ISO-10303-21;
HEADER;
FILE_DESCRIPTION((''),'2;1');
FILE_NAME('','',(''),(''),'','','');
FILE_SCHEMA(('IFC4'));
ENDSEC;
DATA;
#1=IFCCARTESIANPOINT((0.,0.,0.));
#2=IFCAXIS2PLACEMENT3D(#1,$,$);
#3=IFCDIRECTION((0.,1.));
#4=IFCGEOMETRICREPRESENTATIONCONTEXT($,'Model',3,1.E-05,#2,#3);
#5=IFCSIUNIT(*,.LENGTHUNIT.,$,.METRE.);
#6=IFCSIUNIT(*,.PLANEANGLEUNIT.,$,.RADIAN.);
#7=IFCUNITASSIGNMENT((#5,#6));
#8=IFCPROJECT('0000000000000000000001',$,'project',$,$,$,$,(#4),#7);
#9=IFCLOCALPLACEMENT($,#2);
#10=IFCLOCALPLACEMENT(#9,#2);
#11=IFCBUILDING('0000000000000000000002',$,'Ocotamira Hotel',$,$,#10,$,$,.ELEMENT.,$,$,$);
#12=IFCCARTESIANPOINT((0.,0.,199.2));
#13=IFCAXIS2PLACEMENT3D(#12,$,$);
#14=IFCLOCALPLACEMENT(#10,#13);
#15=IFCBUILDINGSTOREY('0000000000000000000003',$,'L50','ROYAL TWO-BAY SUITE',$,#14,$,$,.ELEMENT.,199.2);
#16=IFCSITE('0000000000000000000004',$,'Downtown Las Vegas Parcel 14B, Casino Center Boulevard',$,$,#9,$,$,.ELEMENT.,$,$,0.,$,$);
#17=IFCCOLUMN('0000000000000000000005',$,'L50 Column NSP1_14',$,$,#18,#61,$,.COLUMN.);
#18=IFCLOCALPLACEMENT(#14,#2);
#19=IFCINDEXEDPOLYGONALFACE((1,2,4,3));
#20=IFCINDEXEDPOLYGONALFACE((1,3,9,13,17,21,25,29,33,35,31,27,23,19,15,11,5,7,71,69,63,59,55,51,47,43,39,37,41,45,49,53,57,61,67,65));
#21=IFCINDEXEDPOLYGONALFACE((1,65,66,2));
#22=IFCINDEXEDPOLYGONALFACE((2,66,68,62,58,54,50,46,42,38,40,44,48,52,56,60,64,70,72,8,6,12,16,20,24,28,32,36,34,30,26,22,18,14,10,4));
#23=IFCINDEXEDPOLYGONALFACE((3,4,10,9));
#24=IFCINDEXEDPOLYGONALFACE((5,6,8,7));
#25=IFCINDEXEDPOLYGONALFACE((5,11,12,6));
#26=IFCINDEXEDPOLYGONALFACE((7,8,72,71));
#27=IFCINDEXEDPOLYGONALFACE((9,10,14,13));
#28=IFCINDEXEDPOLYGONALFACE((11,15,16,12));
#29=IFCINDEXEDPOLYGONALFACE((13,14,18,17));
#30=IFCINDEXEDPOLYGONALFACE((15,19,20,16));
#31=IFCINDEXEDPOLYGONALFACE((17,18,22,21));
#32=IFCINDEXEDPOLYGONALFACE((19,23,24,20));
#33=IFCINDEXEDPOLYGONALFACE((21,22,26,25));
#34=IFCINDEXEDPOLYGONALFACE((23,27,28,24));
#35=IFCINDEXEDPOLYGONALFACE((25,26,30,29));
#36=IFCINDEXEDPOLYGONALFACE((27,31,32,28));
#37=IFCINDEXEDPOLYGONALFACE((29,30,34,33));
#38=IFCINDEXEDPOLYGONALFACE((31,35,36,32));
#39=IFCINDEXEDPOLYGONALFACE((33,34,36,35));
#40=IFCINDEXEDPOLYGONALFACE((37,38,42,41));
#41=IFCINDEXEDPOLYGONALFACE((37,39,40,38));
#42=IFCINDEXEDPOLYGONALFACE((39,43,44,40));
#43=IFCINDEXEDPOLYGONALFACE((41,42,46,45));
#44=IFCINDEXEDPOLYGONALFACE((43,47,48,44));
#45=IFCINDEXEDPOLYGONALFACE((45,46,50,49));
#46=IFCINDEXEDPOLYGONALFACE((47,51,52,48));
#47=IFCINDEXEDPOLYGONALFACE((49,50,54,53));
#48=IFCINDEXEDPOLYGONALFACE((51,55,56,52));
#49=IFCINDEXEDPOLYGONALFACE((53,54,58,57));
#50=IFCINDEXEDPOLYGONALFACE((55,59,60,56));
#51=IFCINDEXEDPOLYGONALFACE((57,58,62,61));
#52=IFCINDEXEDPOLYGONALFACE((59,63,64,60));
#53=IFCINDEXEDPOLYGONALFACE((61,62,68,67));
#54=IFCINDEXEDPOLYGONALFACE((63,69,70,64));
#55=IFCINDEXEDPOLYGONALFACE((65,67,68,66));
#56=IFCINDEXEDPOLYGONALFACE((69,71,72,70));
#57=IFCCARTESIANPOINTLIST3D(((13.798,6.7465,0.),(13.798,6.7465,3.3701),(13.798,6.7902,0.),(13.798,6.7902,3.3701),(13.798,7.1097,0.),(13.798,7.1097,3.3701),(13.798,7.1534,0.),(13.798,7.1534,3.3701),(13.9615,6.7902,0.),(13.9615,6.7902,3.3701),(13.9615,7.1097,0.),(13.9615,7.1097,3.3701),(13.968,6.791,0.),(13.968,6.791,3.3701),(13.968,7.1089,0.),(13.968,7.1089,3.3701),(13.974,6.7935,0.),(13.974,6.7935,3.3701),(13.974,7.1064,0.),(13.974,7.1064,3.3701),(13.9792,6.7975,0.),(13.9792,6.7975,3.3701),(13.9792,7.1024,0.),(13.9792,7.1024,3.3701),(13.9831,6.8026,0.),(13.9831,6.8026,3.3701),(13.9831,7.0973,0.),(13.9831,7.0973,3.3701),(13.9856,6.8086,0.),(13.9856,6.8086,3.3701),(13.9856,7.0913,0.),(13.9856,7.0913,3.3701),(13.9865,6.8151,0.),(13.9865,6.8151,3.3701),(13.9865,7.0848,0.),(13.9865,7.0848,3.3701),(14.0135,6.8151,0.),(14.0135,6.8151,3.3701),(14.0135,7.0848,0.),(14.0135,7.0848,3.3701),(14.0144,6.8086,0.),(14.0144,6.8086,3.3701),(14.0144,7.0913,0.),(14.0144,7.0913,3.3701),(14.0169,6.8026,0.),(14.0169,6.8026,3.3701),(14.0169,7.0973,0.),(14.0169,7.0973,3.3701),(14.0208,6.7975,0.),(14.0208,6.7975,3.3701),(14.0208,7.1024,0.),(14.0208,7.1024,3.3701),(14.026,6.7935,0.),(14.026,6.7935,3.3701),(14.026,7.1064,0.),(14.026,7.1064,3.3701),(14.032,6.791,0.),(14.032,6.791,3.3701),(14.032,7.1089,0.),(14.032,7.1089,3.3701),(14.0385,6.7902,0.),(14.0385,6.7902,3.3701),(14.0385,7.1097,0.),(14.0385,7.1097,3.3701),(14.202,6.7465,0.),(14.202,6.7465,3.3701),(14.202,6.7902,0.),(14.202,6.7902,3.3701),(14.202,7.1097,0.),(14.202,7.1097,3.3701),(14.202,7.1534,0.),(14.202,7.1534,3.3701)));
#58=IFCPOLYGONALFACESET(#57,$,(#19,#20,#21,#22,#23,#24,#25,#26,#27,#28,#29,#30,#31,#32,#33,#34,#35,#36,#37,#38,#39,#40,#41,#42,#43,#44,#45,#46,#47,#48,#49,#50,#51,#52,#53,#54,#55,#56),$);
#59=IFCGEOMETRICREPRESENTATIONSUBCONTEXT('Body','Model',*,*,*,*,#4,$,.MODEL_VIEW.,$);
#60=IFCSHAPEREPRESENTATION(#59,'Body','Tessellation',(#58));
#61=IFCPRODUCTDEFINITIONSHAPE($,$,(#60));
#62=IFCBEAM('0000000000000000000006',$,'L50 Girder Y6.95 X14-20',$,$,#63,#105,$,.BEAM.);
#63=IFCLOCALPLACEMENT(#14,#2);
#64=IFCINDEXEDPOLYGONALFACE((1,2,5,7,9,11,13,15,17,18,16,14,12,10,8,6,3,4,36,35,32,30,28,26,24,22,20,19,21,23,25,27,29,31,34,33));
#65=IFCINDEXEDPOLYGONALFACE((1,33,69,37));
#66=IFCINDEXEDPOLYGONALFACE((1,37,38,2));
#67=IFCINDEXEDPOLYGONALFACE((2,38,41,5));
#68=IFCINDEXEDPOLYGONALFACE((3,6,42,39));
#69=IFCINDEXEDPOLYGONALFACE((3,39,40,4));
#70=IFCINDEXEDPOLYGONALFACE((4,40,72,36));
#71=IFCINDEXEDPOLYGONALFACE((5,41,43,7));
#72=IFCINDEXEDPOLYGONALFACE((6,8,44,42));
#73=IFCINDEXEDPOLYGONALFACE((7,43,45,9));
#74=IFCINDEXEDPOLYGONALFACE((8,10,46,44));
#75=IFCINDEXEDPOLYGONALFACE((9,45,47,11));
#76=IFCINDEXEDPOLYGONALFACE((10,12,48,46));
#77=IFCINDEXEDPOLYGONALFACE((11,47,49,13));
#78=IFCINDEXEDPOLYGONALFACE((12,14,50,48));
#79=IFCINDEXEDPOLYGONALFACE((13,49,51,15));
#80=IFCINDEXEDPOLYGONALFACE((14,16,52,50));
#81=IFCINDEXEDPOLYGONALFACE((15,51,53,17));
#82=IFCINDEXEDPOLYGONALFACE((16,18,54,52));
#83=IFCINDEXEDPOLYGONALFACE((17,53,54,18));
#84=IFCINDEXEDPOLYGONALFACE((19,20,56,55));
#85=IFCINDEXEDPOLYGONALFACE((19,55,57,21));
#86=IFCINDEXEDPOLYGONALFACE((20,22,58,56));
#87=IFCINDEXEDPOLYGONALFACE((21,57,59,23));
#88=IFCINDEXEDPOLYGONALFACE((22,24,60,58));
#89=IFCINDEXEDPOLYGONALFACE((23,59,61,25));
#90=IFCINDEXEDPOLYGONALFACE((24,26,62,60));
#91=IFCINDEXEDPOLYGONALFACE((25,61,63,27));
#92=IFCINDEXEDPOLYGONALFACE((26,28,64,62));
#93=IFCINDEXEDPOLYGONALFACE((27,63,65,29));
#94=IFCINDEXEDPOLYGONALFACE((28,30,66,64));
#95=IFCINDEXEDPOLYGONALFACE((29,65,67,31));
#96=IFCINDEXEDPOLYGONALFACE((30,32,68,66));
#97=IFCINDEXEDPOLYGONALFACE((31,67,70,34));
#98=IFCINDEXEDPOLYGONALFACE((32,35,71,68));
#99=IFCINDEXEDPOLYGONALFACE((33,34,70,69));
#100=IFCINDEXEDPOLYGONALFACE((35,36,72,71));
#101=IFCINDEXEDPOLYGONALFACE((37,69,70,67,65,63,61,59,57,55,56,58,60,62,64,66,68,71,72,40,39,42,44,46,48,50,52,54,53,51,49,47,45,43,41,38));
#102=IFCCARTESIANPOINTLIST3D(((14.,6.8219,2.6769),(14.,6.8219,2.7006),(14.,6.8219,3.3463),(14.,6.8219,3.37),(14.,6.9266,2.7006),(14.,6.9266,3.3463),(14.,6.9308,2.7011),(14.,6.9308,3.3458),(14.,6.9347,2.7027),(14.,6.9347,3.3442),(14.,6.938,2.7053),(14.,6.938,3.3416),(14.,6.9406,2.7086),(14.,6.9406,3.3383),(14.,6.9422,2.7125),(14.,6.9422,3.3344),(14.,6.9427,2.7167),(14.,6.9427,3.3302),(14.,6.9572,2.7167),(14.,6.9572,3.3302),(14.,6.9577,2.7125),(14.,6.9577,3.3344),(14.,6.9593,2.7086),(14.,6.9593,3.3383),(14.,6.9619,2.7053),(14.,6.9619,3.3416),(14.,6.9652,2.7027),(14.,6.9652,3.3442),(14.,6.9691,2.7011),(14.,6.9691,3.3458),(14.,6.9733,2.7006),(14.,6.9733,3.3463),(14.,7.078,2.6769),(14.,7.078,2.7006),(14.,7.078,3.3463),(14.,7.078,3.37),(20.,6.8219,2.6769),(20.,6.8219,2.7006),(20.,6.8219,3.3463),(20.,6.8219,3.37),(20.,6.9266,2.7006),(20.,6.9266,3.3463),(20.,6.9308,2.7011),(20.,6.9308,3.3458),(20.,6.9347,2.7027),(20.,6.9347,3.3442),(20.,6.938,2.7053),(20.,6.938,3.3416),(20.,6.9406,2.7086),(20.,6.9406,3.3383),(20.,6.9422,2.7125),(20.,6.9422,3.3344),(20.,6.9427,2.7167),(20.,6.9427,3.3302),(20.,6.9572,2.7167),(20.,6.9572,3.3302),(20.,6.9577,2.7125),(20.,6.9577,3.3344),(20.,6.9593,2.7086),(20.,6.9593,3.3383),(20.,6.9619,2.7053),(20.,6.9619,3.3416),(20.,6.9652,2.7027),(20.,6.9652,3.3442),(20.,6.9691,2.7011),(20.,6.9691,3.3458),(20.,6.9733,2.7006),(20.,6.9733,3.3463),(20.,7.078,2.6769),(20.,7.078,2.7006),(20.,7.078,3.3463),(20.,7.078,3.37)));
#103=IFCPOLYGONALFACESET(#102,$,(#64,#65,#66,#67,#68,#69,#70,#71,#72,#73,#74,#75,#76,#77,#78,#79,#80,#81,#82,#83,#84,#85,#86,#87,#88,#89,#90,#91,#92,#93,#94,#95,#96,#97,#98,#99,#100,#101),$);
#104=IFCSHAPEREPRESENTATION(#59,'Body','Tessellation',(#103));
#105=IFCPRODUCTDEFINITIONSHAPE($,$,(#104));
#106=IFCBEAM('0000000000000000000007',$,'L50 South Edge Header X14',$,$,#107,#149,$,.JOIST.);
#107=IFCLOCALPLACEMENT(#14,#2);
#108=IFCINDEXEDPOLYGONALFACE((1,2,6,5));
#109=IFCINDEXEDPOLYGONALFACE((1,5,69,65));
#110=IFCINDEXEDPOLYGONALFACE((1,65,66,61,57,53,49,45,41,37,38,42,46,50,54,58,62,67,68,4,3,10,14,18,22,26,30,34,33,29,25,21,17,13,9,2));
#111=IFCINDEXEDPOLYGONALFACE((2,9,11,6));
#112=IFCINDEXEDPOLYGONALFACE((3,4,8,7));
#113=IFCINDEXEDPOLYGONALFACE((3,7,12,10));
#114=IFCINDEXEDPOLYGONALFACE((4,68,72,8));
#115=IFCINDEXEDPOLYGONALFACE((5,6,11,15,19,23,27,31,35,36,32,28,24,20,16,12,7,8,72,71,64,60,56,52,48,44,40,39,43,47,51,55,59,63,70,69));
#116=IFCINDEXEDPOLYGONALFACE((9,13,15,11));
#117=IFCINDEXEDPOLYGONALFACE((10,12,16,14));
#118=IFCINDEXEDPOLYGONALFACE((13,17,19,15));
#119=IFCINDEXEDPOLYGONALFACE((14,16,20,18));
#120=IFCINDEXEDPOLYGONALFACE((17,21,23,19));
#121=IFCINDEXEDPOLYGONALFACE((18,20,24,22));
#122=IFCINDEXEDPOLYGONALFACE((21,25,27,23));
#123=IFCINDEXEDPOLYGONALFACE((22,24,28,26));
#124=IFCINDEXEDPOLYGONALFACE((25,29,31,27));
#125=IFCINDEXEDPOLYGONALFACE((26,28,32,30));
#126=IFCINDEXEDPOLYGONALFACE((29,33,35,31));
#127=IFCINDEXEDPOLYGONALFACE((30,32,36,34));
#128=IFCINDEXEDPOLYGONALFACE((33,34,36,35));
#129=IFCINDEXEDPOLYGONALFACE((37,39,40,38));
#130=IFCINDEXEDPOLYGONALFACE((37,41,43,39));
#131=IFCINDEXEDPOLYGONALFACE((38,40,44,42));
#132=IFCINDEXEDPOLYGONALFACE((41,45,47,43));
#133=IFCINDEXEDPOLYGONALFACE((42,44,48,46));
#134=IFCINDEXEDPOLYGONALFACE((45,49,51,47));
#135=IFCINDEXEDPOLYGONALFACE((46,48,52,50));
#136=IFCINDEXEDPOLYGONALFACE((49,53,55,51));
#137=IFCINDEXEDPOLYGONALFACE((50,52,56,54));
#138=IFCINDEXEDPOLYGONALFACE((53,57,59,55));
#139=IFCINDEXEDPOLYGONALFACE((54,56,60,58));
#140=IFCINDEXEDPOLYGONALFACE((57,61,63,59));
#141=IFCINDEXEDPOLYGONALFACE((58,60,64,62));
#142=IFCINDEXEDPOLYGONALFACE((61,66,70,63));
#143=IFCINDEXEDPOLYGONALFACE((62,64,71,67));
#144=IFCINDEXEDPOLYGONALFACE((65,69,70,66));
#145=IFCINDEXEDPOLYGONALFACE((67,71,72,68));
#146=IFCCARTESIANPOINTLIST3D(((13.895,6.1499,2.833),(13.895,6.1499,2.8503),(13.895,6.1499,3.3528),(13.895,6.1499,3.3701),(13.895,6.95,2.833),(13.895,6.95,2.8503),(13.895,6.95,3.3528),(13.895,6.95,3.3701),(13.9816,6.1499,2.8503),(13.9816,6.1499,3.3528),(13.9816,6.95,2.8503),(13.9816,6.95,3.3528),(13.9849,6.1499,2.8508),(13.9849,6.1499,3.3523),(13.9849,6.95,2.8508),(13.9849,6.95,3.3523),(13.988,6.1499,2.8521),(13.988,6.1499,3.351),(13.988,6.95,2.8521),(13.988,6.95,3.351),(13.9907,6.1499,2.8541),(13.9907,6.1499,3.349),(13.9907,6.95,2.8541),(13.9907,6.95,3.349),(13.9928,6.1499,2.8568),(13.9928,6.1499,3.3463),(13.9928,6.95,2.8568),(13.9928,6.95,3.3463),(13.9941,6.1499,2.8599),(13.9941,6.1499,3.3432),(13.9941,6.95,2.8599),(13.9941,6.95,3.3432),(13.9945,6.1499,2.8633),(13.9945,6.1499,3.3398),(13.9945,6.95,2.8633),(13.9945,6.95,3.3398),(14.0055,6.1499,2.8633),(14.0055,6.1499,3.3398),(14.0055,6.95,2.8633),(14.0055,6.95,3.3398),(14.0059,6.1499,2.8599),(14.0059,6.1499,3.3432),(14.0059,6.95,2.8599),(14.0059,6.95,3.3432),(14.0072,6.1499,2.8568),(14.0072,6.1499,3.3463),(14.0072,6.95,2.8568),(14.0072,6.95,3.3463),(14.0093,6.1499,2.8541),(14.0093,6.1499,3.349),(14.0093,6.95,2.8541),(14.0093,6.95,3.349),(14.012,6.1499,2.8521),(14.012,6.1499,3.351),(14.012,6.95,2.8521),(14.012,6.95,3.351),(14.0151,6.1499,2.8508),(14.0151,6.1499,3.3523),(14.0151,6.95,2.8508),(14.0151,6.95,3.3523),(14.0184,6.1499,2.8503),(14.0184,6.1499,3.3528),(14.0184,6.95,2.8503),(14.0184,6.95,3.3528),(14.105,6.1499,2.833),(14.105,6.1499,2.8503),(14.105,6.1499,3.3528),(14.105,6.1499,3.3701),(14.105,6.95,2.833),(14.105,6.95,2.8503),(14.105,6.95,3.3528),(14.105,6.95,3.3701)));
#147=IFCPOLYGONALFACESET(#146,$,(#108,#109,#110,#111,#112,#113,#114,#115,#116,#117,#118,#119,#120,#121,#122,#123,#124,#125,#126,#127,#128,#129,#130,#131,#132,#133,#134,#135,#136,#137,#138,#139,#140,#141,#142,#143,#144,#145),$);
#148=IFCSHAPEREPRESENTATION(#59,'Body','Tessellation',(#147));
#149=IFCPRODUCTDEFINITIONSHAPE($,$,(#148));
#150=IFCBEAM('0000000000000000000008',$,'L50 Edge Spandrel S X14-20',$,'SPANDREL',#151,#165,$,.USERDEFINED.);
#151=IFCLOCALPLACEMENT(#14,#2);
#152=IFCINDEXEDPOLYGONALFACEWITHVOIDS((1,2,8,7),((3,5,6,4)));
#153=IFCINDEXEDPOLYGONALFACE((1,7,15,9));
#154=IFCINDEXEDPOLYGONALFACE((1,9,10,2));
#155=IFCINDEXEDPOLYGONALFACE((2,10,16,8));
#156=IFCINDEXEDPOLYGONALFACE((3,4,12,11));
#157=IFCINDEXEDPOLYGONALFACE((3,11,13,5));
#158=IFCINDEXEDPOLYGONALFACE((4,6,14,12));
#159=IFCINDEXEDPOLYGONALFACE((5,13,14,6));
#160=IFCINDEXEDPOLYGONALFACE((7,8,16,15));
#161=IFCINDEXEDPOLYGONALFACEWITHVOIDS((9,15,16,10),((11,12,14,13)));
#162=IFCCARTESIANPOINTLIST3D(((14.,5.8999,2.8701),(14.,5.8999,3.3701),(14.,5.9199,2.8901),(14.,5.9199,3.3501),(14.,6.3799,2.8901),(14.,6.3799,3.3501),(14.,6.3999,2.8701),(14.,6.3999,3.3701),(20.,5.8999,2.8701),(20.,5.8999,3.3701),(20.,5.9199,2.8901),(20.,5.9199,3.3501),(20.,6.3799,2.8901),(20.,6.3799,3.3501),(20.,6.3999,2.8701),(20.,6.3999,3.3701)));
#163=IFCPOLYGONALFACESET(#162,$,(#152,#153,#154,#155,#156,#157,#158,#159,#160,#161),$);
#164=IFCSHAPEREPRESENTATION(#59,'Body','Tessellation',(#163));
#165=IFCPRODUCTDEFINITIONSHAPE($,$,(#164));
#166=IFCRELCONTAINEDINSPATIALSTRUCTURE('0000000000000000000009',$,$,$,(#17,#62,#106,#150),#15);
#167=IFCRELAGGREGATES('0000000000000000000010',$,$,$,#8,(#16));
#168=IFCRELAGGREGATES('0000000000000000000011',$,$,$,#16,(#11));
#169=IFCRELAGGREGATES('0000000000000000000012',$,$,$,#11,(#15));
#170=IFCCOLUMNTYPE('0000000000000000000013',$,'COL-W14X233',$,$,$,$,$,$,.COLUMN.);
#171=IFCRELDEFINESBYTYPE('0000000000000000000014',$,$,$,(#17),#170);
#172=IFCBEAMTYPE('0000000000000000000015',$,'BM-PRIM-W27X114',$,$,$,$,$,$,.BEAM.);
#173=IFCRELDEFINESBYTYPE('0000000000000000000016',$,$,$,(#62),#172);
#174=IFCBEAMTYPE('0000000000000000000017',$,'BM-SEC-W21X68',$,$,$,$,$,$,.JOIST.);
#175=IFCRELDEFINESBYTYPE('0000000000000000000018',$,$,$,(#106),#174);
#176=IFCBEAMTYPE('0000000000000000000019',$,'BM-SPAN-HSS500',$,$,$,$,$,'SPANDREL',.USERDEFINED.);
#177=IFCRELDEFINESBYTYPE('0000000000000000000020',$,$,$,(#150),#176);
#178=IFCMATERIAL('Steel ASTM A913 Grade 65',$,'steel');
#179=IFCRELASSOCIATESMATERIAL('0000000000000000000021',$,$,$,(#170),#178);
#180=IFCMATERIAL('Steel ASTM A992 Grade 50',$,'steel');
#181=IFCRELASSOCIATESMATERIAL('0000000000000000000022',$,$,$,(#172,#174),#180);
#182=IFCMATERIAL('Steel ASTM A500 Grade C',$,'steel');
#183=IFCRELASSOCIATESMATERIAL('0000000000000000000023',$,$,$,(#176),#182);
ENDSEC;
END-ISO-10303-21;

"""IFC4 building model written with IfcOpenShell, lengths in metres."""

from ifc_helpers import new_model, si_unit, direction, frame, origin, origin_2d, place, context, subcontext, project, spatial, hollow_rectangle, i_section, extrude, source, transform, mapped, material, material_profile, profile_set, type_object, element, save


model = new_model("IFC4")

# Units and contexts
model_context = context("Model", 3, precision=1e-05, world=origin(), true_north=direction((0.0, 1.0)))
body_context = subcontext(model_context, "Body", "Model", "MODEL_VIEW")
ifc_project = project(units=[si_unit("LENGTHUNIT", "METRE"), si_unit("PLANEANGLEUNIT", "RADIAN")], contexts=[model_context])

# Site, building, storey
site_placement = place(None, origin())
site = spatial("IfcSite", under=ifc_project, at=site_placement, Name="Downtown Las Vegas Parcel 14B, Casino Center Boulevard", CompositionType="ELEMENT", RefElevation=0.0)
building_placement = place(site_placement, origin())
building = spatial("IfcBuilding", under=site, at=building_placement, Name="Ocotamira Hotel", CompositionType="ELEMENT")
storey_placement = place(building_placement, frame((0.0, 0.0, 199.2)))
storey = spatial("IfcBuildingStorey", under=building, at=storey_placement, Name="L50", Description="ROYAL TWO-BAY SUITE", CompositionType="ELEMENT", Elevation=199.2)

# Column
ifc_material_1 = material(Name="Steel ASTM A913 Grade 65", Category="steel")
ifc_material_profile_1 = material_profile(ifc_material_1, i_section(OverallWidth=0.4041, OverallDepth=0.407, WebThickness=0.0271, FlangeThickness=0.0437, FilletRadius=0.0249, at=origin_2d()), Name="W14X233")
ifc_profile_set_1 = profile_set([ifc_material_profile_1], Name="Steel ASTM A913 Grade 65")
column_type = type_object("IfcColumnType", Name="COL-W14X233", PredefinedType="COLUMN", material=ifc_profile_set_1)
shared_shape_1 = source(origin(), body_context, "Body", "SweptSolid", [
    extrude(i_section(OverallWidth=0.4041, OverallDepth=0.407, WebThickness=0.0271, FlangeThickness=0.0437, FilletRadius=0.0249, at=origin_2d()), origin(), (0.0, 0.0, 1.0), 3.3701),
])
column_placement = place(storey_placement, frame((14.0, 6.95, 0.0), z_axis=(0.0, 0.0, 1.0), x_axis=(1.0, 0.0, 0.0)))
element("IfcColumn", 1, at=column_placement, inside=storey, type_object=column_type, Name="L50 Column NSP1_14", PredefinedType="COLUMN", context=body_context, shape_type="MappedRepresentation", body=[
    mapped(shared_shape_1, transform((0.0, 0.0, 0.0), scale=1.0)),
])

# Beams
ifc_material_2 = material(Name="Steel ASTM A992 Grade 50", Category="steel")
ifc_material_profile_2 = material_profile(ifc_material_2, i_section(OverallWidth=0.2561, OverallDepth=0.6931, WebThickness=0.0144, FlangeThickness=0.0237, FilletRadius=0.0161, at=origin_2d()), Name="W27X114")
ifc_profile_set_2 = profile_set([ifc_material_profile_2], Name="Steel ASTM A992 Grade 50")
beam_type_1 = type_object("IfcBeamType", Name="BM-PRIM-W27X114", PredefinedType="BEAM", material=ifc_profile_set_2)
shared_shape_2 = source(origin(), body_context, "Body", "SweptSolid", [
    extrude(i_section(OverallWidth=0.2561, OverallDepth=0.6931, WebThickness=0.0144, FlangeThickness=0.0237, FilletRadius=0.0161, at=origin_2d()), origin(), (0.0, 0.0, 1.0), 6.0),
])
beam_1_placement = place(storey_placement, frame((14.0, 6.95, 3.0234), z_axis=(1.0, 0.0, 0.0), x_axis=(0.0, 1.0, 0.0)))
element("IfcBeam", 2, at=beam_1_placement, inside=storey, type_object=beam_type_1, Name="L50 Girder Y6.95 X14-20", PredefinedType="BEAM", context=body_context, shape_type="MappedRepresentation", body=[
    mapped(shared_shape_2, transform((0.0, 0.0, 0.0), scale=1.0)),
])
ifc_material_profile_3 = material_profile(ifc_material_2, i_section(OverallWidth=0.21, OverallDepth=0.5371, WebThickness=0.011, FlangeThickness=0.0173, FilletRadius=0.0129, at=origin_2d()), Name="W21X68")
ifc_profile_set_3 = profile_set([ifc_material_profile_3], Name="Steel ASTM A992 Grade 50")
beam_type_2 = type_object("IfcBeamType", Name="BM-SEC-W21X68", PredefinedType="JOIST", material=ifc_profile_set_3)
shared_shape_3 = source(origin(), body_context, "Body", "SweptSolid", [
    extrude(i_section(OverallWidth=0.21, OverallDepth=0.5371, WebThickness=0.011, FlangeThickness=0.0173, FilletRadius=0.0129, at=origin_2d()), origin(), (0.0, 0.0, 1.0), 0.8),
])
beam_2_placement = place(storey_placement, frame((14.0, 6.95, 3.1016), z_axis=(0.0, -1.0, 0.0), x_axis=(1.0, 0.0, 0.0)))
element("IfcBeam", 3, at=beam_2_placement, inside=storey, type_object=beam_type_2, Name="L50 South Edge Header X14", PredefinedType="JOIST", context=body_context, shape_type="MappedRepresentation", body=[
    mapped(shared_shape_3, transform((0.0, 0.0, 0.0), scale=1.0)),
])
ifc_material_3 = material(Name="Steel ASTM A500 Grade C", Category="steel")
ifc_material_profile_4 = material_profile(ifc_material_3, hollow_rectangle(XDim=0.5, YDim=0.5, WallThickness=0.02, at=origin_2d()), Name="HSS500X500X20")
ifc_profile_set_4 = profile_set([ifc_material_profile_4], Name="Steel ASTM A500 Grade C")
beam_type_3 = type_object("IfcBeamType", Name="BM-SPAN-HSS500", ElementType="SPANDREL", PredefinedType="USERDEFINED", material=ifc_profile_set_4)
shared_shape_4 = source(origin(), body_context, "Body", "SweptSolid", [
    extrude(hollow_rectangle(XDim=0.5, YDim=0.5, WallThickness=0.02, at=origin_2d()), origin(), (0.0, 0.0, 1.0), 6.0),
])
beam_3_placement = place(storey_placement, frame((14.0, 6.1499, 3.1201), z_axis=(1.0, 0.0, 0.0), x_axis=(0.0, 1.0, 0.0)))
element("IfcBeam", 4, at=beam_3_placement, inside=storey, type_object=beam_type_3, Name="L50 Edge Spandrel S X14-20", ObjectType="SPANDREL", PredefinedType="USERDEFINED", context=body_context, shape_type="MappedRepresentation", body=[
    mapped(shared_shape_4, transform((0.0, 0.0, 0.0), scale=1.0)),
])

save(model, "model.ifc")
